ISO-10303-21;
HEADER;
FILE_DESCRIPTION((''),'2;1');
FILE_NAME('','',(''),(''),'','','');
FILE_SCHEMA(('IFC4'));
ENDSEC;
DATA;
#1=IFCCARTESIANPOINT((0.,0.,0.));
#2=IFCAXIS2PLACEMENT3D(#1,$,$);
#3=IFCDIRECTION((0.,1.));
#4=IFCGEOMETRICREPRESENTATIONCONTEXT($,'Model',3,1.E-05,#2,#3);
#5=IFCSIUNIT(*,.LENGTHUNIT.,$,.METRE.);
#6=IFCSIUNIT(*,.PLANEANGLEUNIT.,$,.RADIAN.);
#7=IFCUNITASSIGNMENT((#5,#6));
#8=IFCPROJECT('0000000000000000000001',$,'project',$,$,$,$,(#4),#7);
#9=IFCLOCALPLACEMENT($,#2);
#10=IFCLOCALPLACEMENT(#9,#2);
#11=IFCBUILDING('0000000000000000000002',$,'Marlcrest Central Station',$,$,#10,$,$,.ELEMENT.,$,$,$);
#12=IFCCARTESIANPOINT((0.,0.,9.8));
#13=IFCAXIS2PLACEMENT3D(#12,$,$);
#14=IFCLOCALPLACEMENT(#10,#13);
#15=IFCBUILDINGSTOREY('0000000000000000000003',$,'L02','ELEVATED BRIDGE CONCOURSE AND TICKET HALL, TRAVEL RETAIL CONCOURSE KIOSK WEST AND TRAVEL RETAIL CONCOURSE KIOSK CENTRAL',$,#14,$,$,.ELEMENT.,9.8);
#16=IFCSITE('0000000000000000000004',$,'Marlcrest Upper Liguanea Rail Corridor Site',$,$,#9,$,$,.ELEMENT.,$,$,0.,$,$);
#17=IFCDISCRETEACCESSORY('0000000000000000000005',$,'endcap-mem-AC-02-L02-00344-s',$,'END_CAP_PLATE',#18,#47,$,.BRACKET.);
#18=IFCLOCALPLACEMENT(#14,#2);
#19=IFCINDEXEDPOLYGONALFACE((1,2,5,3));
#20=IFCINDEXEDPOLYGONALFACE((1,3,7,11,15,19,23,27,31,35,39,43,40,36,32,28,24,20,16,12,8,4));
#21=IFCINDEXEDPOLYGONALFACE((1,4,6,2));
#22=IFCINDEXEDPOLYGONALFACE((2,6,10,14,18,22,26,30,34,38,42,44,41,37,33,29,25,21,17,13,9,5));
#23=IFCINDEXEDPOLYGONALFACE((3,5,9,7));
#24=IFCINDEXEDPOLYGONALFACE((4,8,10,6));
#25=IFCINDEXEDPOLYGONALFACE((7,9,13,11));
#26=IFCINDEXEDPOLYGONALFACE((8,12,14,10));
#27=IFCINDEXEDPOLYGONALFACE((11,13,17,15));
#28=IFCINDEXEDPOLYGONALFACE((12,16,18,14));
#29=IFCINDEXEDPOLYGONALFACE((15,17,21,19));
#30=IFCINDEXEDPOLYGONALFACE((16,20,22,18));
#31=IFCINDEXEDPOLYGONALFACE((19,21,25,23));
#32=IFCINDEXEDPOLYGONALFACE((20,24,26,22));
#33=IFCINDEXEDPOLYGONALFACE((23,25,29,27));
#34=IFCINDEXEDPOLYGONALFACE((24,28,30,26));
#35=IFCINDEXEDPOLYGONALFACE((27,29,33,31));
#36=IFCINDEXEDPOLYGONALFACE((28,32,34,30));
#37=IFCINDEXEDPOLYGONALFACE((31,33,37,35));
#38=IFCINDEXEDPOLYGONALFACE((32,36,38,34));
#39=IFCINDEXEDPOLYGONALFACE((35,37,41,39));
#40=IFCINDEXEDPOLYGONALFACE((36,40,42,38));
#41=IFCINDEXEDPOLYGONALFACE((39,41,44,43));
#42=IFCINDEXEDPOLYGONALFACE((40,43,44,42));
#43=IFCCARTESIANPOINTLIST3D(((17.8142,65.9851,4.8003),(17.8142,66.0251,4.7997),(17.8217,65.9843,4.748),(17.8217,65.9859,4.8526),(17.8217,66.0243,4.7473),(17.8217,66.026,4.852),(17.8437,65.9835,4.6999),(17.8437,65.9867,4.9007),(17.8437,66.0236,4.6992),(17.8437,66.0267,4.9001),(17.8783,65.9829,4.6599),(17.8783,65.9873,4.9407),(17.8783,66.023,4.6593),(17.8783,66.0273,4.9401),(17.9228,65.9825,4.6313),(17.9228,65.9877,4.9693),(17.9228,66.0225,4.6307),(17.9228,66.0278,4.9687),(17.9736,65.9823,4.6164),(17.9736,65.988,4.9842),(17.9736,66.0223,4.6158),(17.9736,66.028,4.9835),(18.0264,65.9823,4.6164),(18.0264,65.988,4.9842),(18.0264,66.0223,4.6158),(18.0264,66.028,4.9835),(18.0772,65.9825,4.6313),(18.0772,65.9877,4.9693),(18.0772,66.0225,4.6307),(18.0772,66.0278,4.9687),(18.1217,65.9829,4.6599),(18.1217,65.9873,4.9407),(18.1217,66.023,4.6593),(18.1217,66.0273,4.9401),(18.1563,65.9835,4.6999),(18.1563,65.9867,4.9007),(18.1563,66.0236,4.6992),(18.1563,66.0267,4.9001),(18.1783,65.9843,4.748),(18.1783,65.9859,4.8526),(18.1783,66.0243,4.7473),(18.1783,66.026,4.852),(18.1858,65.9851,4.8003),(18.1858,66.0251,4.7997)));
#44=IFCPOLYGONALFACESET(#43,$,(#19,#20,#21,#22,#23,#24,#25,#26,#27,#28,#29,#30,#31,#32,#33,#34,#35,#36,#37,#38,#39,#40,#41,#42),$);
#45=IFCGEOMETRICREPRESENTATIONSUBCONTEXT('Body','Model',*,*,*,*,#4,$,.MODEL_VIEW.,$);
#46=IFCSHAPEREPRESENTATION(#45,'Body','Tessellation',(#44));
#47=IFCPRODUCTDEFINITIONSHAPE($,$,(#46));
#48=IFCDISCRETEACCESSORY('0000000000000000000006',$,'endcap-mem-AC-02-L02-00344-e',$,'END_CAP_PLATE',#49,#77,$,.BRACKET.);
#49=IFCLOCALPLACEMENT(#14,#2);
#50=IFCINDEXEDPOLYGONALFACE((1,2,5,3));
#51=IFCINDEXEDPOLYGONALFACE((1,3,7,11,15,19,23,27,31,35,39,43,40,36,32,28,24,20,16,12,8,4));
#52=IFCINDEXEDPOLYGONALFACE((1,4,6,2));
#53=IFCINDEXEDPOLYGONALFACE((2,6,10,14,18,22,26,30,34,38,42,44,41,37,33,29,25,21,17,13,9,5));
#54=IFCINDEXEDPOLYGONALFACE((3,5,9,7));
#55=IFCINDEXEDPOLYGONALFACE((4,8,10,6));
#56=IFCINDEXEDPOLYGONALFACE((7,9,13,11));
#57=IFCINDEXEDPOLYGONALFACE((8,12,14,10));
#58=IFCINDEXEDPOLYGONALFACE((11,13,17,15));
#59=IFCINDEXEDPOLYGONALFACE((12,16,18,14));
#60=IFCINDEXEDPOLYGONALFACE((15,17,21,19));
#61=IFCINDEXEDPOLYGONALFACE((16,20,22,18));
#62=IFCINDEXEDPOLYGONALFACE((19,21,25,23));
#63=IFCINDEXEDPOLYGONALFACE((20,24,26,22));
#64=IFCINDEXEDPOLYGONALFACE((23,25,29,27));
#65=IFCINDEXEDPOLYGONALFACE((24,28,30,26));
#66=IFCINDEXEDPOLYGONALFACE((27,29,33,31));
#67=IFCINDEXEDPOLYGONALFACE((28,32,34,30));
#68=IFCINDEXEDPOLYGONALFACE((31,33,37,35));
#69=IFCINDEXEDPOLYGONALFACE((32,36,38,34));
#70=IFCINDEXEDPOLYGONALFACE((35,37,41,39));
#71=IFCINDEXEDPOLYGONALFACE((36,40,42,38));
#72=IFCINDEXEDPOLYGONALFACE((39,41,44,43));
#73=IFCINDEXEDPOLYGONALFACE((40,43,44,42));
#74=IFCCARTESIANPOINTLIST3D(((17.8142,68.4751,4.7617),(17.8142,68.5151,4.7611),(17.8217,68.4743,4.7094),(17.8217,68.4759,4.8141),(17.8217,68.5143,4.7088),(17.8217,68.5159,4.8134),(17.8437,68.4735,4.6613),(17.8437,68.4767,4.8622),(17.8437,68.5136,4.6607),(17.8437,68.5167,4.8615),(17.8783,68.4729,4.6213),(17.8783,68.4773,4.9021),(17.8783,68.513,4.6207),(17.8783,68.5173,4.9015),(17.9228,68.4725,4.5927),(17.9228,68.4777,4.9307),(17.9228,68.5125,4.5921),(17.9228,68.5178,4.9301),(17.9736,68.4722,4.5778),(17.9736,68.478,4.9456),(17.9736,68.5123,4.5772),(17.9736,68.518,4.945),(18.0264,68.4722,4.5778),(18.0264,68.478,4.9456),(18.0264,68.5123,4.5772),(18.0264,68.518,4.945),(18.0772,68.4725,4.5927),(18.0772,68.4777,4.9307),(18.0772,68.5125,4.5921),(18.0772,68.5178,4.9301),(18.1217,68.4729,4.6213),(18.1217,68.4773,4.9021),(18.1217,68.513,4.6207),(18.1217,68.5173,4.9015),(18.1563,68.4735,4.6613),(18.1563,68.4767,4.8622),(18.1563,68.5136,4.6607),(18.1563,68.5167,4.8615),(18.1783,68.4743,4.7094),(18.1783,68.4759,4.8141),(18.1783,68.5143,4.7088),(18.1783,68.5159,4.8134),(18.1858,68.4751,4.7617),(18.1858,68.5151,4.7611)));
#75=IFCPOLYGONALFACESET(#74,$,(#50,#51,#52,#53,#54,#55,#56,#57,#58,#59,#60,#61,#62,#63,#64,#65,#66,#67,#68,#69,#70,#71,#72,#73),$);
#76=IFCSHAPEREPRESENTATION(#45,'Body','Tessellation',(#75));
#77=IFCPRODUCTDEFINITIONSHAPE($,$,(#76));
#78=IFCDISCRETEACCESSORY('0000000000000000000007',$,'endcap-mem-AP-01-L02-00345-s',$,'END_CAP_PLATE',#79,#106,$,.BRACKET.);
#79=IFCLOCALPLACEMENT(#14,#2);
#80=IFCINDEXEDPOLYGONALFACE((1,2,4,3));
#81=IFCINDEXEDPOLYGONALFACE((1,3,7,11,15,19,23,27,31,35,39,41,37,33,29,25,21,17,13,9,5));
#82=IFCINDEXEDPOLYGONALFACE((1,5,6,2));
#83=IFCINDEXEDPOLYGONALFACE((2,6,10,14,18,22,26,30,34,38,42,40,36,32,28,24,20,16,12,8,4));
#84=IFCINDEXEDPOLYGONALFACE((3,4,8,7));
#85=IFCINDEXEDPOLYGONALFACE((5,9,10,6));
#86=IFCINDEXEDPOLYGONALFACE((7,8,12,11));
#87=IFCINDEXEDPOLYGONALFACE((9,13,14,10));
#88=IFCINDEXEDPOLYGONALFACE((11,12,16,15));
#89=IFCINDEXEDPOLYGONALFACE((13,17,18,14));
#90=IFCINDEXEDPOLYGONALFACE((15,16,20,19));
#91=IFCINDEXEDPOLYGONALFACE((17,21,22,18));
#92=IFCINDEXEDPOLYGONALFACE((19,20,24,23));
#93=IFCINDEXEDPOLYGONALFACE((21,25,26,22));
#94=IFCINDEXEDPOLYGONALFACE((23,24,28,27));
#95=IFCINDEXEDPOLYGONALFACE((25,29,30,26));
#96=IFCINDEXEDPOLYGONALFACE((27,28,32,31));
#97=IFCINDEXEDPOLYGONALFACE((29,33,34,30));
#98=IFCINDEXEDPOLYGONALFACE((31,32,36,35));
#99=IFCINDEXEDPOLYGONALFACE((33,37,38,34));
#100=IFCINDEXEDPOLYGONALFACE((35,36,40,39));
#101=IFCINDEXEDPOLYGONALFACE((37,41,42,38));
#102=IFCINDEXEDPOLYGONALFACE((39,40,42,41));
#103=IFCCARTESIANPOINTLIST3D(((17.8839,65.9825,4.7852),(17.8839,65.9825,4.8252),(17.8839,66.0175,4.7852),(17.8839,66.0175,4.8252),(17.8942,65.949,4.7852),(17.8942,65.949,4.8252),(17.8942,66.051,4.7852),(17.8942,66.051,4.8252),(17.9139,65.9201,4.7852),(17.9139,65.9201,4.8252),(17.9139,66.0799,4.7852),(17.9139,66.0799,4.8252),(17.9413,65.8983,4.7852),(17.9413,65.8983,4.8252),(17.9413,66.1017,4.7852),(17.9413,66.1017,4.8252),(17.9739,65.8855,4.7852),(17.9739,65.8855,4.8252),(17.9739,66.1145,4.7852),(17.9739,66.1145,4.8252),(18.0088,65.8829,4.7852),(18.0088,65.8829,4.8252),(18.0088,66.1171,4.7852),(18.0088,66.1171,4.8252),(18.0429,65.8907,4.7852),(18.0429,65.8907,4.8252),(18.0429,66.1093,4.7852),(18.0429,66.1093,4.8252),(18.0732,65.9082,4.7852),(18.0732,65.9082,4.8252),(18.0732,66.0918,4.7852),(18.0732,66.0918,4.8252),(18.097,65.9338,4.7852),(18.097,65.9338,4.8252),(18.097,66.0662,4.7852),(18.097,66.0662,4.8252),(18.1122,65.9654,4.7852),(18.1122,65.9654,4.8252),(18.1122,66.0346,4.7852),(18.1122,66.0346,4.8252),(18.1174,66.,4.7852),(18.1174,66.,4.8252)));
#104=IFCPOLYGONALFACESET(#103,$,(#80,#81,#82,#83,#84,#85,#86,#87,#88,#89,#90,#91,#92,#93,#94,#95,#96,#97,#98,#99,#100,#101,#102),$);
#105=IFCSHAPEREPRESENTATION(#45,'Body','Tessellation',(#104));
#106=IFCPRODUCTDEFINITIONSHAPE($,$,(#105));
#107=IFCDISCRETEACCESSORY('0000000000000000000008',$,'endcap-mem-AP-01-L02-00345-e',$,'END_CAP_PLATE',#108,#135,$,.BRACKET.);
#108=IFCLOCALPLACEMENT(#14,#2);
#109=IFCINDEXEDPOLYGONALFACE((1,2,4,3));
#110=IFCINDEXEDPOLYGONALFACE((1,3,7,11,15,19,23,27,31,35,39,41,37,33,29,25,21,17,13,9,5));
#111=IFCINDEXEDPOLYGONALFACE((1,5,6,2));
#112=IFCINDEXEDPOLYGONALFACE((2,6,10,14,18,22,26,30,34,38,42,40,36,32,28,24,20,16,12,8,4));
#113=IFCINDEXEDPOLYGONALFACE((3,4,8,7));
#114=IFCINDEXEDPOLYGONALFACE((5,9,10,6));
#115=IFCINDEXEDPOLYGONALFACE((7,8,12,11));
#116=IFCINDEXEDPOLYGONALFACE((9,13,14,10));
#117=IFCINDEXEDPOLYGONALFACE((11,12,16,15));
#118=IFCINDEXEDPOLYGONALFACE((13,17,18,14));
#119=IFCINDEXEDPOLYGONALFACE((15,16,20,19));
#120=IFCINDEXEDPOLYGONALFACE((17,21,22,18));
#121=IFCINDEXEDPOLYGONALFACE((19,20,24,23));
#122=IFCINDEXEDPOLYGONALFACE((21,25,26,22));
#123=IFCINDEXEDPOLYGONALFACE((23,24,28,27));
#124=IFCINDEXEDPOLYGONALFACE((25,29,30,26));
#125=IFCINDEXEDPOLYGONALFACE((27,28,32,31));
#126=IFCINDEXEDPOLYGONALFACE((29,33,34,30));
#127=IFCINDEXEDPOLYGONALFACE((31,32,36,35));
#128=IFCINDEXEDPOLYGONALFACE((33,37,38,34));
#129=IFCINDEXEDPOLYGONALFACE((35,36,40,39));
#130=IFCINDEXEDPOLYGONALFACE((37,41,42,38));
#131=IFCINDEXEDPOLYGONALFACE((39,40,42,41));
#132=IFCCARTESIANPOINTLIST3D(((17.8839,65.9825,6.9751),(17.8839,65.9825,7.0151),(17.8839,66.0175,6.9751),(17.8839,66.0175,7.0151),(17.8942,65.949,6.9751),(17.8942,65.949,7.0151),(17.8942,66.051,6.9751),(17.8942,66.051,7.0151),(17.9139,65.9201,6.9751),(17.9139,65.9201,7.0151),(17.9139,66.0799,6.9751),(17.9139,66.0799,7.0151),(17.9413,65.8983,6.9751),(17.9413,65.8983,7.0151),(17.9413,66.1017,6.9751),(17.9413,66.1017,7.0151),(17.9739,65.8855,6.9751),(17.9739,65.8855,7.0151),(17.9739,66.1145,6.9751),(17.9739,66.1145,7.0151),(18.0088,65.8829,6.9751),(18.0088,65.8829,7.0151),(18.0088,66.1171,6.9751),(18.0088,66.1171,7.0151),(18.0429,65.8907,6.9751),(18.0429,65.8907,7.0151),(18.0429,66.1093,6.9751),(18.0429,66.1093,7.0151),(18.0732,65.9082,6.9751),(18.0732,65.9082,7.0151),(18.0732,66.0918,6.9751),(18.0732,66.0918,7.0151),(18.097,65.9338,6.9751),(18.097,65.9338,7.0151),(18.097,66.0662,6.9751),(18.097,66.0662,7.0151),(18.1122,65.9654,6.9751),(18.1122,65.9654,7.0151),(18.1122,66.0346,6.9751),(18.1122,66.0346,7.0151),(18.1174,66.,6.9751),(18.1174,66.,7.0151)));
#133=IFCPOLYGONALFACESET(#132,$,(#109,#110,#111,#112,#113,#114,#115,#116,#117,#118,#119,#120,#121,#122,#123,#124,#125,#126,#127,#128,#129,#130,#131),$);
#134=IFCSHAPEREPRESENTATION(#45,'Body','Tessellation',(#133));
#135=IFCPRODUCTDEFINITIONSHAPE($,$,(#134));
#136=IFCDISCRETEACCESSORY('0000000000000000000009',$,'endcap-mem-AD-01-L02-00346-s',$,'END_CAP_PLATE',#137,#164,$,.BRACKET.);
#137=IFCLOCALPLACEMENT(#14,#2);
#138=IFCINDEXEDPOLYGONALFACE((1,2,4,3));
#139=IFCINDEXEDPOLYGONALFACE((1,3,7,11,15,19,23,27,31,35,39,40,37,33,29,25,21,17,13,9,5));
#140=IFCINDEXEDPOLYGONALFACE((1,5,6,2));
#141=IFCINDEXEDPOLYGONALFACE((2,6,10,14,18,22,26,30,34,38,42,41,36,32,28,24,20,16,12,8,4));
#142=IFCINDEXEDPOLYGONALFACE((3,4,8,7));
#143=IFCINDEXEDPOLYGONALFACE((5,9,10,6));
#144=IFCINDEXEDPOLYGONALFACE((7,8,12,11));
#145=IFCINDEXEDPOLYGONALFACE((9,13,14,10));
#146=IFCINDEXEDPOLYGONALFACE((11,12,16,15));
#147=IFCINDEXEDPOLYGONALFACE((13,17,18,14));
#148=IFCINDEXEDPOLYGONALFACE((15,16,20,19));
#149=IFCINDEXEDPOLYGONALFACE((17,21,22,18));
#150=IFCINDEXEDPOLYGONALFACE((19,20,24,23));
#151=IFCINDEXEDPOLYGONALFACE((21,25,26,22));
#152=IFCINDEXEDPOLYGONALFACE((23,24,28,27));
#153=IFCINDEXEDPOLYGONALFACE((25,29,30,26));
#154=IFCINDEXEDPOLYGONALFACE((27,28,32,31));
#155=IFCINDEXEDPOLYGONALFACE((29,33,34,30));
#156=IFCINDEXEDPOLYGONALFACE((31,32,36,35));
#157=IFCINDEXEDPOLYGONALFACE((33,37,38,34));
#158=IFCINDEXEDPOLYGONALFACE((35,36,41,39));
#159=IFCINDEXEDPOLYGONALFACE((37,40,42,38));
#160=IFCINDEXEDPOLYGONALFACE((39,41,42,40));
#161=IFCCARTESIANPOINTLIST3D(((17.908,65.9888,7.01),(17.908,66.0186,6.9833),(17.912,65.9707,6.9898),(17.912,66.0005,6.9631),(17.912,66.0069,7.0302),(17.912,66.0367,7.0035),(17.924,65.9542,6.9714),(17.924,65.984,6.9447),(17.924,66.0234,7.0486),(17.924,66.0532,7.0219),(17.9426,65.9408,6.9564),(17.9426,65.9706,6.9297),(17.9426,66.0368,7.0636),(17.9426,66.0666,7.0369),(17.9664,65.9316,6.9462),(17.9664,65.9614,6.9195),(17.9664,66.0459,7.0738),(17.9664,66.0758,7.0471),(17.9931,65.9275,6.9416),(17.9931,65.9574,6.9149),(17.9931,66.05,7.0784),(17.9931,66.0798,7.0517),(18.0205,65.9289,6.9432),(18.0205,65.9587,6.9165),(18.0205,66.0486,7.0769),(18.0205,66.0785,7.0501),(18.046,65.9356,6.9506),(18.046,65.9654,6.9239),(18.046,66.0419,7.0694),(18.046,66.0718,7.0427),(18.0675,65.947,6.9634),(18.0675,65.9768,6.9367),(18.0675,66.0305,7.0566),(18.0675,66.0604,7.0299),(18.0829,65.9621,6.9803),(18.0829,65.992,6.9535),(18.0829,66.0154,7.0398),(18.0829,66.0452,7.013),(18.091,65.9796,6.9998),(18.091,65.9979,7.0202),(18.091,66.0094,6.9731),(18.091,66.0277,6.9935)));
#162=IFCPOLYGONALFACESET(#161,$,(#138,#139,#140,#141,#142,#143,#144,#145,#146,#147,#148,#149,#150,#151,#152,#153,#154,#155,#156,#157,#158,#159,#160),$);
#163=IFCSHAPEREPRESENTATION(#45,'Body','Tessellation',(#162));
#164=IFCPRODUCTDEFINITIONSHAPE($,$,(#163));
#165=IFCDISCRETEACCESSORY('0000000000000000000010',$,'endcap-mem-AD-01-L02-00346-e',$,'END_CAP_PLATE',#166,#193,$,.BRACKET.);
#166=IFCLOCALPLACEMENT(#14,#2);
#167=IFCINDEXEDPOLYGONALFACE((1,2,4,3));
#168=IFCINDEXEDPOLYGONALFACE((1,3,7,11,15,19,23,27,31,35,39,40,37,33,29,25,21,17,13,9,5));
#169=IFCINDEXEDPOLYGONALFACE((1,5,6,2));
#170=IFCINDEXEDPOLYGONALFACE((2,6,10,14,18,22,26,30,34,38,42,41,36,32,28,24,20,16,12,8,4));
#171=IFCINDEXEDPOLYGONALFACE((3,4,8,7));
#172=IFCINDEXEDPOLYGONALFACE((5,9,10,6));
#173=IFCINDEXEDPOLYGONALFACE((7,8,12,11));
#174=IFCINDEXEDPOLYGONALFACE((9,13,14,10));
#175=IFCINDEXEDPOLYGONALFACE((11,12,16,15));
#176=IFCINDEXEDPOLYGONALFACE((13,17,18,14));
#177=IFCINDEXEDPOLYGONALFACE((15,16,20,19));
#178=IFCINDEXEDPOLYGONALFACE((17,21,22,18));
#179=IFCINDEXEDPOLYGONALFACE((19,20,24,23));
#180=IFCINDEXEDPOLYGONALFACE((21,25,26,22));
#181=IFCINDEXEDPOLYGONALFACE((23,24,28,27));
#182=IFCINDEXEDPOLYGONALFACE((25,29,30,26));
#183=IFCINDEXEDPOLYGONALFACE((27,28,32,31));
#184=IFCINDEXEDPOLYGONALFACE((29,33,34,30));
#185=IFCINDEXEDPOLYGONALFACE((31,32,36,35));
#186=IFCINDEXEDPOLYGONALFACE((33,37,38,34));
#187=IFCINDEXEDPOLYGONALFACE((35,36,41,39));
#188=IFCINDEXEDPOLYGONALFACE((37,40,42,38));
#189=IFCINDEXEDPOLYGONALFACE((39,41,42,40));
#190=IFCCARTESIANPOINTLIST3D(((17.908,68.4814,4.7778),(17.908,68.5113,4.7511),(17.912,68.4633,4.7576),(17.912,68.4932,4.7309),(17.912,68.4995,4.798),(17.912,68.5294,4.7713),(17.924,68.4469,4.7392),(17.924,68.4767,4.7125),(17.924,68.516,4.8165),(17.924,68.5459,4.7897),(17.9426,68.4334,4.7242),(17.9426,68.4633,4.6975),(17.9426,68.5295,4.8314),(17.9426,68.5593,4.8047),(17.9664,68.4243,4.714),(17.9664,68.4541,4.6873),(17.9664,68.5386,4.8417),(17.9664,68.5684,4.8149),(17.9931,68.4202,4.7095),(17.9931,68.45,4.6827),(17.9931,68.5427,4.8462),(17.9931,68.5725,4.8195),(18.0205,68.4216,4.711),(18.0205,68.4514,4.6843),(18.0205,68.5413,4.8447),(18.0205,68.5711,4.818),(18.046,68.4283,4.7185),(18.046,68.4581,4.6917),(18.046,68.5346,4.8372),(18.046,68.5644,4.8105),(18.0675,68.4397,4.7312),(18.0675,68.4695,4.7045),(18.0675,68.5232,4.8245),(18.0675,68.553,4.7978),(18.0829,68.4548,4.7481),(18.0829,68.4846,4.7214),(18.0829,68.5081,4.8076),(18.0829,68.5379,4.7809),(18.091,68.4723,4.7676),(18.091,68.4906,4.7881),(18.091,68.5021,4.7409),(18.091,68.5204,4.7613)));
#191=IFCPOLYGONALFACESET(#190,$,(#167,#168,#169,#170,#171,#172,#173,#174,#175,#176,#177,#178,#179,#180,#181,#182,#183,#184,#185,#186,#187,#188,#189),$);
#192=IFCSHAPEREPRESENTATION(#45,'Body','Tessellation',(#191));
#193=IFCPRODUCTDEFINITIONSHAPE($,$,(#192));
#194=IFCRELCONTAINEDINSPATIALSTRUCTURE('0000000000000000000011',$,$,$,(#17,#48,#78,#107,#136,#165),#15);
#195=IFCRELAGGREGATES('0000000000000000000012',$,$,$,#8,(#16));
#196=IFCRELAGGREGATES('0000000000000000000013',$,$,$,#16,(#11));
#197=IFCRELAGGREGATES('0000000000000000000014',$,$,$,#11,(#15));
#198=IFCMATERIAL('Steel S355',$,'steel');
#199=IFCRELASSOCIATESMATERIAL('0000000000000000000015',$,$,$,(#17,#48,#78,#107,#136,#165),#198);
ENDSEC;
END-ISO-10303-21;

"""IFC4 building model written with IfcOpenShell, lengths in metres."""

from ifc_helpers import new_model, si_unit, direction, frame, origin, origin_2d, place, context, subcontext, project, spatial, circle, extrude, material, element, save


model = new_model("IFC4")

# Units and contexts
model_context = context("Model", 3, precision=1e-05, world=origin(), true_north=direction((0.0, 1.0)))
body_context = subcontext(model_context, "Body", "Model", "MODEL_VIEW")
ifc_project = project(units=[si_unit("LENGTHUNIT", "METRE"), si_unit("PLANEANGLEUNIT", "RADIAN")], contexts=[model_context])

# Site, building, storey
site_placement = place(None, origin())
site = spatial("IfcSite", under=ifc_project, at=site_placement, Name="Marlcrest Upper Liguanea Rail Corridor Site", CompositionType="ELEMENT", RefElevation=0.0)
building_placement = place(site_placement, origin())
building = spatial("IfcBuilding", under=site, at=building_placement, Name="Marlcrest Central Station", CompositionType="ELEMENT")
storey_placement = place(building_placement, frame((0.0, 0.0, 9.8)))
storey = spatial("IfcBuildingStorey", under=building, at=storey_placement, Name="L02", Description="ELEVATED BRIDGE CONCOURSE AND TICKET HALL, TRAVEL RETAIL CONCOURSE KIOSK WEST AND TRAVEL RETAIL CONCOURSE KIOSK CENTRAL", CompositionType="ELEMENT", Elevation=9.8)

# Shared definitions
ifc_material = material(Name="Steel S355", Category="steel")

# Discrete accessories
for number, where, z_axis, x_axis, name in (
    (1, (18.0, 65.9851, 4.8003), (0.0, 0.999879, -0.015525), (-1.0, 0.0, 0.0), "endcap-mem-AC-02-L02-00344-s"),
    (2, (18.0, 68.4751, 4.7617), (0.0, 0.999879, -0.015525), (-1.0, 0.0, 0.0), "endcap-mem-AC-02-L02-00344-e"),
):
    element("IfcDiscreteAccessory", number, at=place(storey_placement, frame(where, z_axis=z_axis, x_axis=x_axis)), inside=storey, material=ifc_material, Name=name, ObjectType="END_CAP_PLATE", PredefinedType="BRACKET", context=body_context, shape_type="SweptSolid", body=[
        extrude(circle(Radius=0.1858, at=origin_2d()), origin(), (0.0, 0.0, 1.0), 0.04),
    ])
for number, where, z_axis, x_axis, name in (
    (3, (18.0, 66.0, 4.7852), (0.0, 0.0, 1.0), (1.0, 0.0, 0.0), "endcap-mem-AP-01-L02-00345-s"),
    (4, (18.0, 66.0, 6.9751), (0.0, 0.0, 1.0), (1.0, 0.0, 0.0), "endcap-mem-AP-01-L02-00345-e"),
):
    element("IfcDiscreteAccessory", number, at=place(storey_placement, frame(where, z_axis=z_axis, x_axis=x_axis)), inside=storey, material=ifc_material, Name=name, ObjectType="END_CAP_PLATE", PredefinedType="BRACKET", context=body_context, shape_type="SweptSolid", body=[
        extrude(circle(Radius=0.1174, at=origin_2d()), origin(), (0.0, 0.0, 1.0), 0.04),
    ])
for number, where, z_axis, x_axis, name in (
    (5, (18.0, 65.9888, 7.01), (0.0, 0.744956, -0.667114), (-1.0, 0.0, 0.0), "endcap-mem-AD-01-L02-00346-s"),
    (6, (18.0, 68.4814, 4.7778), (0.0, 0.744956, -0.667114), (-1.0, 0.0, 0.0), "endcap-mem-AD-01-L02-00346-e"),
):
    element("IfcDiscreteAccessory", number, at=place(storey_placement, frame(where, z_axis=z_axis, x_axis=x_axis)), inside=storey, material=ifc_material, Name=name, ObjectType="END_CAP_PLATE", PredefinedType="BRACKET", context=body_context, shape_type="SweptSolid", body=[
        extrude(circle(Radius=0.092, at=origin_2d()), origin(), (0.0, 0.0, 1.0), 0.04),
    ])

save(model, "model.ifc")
